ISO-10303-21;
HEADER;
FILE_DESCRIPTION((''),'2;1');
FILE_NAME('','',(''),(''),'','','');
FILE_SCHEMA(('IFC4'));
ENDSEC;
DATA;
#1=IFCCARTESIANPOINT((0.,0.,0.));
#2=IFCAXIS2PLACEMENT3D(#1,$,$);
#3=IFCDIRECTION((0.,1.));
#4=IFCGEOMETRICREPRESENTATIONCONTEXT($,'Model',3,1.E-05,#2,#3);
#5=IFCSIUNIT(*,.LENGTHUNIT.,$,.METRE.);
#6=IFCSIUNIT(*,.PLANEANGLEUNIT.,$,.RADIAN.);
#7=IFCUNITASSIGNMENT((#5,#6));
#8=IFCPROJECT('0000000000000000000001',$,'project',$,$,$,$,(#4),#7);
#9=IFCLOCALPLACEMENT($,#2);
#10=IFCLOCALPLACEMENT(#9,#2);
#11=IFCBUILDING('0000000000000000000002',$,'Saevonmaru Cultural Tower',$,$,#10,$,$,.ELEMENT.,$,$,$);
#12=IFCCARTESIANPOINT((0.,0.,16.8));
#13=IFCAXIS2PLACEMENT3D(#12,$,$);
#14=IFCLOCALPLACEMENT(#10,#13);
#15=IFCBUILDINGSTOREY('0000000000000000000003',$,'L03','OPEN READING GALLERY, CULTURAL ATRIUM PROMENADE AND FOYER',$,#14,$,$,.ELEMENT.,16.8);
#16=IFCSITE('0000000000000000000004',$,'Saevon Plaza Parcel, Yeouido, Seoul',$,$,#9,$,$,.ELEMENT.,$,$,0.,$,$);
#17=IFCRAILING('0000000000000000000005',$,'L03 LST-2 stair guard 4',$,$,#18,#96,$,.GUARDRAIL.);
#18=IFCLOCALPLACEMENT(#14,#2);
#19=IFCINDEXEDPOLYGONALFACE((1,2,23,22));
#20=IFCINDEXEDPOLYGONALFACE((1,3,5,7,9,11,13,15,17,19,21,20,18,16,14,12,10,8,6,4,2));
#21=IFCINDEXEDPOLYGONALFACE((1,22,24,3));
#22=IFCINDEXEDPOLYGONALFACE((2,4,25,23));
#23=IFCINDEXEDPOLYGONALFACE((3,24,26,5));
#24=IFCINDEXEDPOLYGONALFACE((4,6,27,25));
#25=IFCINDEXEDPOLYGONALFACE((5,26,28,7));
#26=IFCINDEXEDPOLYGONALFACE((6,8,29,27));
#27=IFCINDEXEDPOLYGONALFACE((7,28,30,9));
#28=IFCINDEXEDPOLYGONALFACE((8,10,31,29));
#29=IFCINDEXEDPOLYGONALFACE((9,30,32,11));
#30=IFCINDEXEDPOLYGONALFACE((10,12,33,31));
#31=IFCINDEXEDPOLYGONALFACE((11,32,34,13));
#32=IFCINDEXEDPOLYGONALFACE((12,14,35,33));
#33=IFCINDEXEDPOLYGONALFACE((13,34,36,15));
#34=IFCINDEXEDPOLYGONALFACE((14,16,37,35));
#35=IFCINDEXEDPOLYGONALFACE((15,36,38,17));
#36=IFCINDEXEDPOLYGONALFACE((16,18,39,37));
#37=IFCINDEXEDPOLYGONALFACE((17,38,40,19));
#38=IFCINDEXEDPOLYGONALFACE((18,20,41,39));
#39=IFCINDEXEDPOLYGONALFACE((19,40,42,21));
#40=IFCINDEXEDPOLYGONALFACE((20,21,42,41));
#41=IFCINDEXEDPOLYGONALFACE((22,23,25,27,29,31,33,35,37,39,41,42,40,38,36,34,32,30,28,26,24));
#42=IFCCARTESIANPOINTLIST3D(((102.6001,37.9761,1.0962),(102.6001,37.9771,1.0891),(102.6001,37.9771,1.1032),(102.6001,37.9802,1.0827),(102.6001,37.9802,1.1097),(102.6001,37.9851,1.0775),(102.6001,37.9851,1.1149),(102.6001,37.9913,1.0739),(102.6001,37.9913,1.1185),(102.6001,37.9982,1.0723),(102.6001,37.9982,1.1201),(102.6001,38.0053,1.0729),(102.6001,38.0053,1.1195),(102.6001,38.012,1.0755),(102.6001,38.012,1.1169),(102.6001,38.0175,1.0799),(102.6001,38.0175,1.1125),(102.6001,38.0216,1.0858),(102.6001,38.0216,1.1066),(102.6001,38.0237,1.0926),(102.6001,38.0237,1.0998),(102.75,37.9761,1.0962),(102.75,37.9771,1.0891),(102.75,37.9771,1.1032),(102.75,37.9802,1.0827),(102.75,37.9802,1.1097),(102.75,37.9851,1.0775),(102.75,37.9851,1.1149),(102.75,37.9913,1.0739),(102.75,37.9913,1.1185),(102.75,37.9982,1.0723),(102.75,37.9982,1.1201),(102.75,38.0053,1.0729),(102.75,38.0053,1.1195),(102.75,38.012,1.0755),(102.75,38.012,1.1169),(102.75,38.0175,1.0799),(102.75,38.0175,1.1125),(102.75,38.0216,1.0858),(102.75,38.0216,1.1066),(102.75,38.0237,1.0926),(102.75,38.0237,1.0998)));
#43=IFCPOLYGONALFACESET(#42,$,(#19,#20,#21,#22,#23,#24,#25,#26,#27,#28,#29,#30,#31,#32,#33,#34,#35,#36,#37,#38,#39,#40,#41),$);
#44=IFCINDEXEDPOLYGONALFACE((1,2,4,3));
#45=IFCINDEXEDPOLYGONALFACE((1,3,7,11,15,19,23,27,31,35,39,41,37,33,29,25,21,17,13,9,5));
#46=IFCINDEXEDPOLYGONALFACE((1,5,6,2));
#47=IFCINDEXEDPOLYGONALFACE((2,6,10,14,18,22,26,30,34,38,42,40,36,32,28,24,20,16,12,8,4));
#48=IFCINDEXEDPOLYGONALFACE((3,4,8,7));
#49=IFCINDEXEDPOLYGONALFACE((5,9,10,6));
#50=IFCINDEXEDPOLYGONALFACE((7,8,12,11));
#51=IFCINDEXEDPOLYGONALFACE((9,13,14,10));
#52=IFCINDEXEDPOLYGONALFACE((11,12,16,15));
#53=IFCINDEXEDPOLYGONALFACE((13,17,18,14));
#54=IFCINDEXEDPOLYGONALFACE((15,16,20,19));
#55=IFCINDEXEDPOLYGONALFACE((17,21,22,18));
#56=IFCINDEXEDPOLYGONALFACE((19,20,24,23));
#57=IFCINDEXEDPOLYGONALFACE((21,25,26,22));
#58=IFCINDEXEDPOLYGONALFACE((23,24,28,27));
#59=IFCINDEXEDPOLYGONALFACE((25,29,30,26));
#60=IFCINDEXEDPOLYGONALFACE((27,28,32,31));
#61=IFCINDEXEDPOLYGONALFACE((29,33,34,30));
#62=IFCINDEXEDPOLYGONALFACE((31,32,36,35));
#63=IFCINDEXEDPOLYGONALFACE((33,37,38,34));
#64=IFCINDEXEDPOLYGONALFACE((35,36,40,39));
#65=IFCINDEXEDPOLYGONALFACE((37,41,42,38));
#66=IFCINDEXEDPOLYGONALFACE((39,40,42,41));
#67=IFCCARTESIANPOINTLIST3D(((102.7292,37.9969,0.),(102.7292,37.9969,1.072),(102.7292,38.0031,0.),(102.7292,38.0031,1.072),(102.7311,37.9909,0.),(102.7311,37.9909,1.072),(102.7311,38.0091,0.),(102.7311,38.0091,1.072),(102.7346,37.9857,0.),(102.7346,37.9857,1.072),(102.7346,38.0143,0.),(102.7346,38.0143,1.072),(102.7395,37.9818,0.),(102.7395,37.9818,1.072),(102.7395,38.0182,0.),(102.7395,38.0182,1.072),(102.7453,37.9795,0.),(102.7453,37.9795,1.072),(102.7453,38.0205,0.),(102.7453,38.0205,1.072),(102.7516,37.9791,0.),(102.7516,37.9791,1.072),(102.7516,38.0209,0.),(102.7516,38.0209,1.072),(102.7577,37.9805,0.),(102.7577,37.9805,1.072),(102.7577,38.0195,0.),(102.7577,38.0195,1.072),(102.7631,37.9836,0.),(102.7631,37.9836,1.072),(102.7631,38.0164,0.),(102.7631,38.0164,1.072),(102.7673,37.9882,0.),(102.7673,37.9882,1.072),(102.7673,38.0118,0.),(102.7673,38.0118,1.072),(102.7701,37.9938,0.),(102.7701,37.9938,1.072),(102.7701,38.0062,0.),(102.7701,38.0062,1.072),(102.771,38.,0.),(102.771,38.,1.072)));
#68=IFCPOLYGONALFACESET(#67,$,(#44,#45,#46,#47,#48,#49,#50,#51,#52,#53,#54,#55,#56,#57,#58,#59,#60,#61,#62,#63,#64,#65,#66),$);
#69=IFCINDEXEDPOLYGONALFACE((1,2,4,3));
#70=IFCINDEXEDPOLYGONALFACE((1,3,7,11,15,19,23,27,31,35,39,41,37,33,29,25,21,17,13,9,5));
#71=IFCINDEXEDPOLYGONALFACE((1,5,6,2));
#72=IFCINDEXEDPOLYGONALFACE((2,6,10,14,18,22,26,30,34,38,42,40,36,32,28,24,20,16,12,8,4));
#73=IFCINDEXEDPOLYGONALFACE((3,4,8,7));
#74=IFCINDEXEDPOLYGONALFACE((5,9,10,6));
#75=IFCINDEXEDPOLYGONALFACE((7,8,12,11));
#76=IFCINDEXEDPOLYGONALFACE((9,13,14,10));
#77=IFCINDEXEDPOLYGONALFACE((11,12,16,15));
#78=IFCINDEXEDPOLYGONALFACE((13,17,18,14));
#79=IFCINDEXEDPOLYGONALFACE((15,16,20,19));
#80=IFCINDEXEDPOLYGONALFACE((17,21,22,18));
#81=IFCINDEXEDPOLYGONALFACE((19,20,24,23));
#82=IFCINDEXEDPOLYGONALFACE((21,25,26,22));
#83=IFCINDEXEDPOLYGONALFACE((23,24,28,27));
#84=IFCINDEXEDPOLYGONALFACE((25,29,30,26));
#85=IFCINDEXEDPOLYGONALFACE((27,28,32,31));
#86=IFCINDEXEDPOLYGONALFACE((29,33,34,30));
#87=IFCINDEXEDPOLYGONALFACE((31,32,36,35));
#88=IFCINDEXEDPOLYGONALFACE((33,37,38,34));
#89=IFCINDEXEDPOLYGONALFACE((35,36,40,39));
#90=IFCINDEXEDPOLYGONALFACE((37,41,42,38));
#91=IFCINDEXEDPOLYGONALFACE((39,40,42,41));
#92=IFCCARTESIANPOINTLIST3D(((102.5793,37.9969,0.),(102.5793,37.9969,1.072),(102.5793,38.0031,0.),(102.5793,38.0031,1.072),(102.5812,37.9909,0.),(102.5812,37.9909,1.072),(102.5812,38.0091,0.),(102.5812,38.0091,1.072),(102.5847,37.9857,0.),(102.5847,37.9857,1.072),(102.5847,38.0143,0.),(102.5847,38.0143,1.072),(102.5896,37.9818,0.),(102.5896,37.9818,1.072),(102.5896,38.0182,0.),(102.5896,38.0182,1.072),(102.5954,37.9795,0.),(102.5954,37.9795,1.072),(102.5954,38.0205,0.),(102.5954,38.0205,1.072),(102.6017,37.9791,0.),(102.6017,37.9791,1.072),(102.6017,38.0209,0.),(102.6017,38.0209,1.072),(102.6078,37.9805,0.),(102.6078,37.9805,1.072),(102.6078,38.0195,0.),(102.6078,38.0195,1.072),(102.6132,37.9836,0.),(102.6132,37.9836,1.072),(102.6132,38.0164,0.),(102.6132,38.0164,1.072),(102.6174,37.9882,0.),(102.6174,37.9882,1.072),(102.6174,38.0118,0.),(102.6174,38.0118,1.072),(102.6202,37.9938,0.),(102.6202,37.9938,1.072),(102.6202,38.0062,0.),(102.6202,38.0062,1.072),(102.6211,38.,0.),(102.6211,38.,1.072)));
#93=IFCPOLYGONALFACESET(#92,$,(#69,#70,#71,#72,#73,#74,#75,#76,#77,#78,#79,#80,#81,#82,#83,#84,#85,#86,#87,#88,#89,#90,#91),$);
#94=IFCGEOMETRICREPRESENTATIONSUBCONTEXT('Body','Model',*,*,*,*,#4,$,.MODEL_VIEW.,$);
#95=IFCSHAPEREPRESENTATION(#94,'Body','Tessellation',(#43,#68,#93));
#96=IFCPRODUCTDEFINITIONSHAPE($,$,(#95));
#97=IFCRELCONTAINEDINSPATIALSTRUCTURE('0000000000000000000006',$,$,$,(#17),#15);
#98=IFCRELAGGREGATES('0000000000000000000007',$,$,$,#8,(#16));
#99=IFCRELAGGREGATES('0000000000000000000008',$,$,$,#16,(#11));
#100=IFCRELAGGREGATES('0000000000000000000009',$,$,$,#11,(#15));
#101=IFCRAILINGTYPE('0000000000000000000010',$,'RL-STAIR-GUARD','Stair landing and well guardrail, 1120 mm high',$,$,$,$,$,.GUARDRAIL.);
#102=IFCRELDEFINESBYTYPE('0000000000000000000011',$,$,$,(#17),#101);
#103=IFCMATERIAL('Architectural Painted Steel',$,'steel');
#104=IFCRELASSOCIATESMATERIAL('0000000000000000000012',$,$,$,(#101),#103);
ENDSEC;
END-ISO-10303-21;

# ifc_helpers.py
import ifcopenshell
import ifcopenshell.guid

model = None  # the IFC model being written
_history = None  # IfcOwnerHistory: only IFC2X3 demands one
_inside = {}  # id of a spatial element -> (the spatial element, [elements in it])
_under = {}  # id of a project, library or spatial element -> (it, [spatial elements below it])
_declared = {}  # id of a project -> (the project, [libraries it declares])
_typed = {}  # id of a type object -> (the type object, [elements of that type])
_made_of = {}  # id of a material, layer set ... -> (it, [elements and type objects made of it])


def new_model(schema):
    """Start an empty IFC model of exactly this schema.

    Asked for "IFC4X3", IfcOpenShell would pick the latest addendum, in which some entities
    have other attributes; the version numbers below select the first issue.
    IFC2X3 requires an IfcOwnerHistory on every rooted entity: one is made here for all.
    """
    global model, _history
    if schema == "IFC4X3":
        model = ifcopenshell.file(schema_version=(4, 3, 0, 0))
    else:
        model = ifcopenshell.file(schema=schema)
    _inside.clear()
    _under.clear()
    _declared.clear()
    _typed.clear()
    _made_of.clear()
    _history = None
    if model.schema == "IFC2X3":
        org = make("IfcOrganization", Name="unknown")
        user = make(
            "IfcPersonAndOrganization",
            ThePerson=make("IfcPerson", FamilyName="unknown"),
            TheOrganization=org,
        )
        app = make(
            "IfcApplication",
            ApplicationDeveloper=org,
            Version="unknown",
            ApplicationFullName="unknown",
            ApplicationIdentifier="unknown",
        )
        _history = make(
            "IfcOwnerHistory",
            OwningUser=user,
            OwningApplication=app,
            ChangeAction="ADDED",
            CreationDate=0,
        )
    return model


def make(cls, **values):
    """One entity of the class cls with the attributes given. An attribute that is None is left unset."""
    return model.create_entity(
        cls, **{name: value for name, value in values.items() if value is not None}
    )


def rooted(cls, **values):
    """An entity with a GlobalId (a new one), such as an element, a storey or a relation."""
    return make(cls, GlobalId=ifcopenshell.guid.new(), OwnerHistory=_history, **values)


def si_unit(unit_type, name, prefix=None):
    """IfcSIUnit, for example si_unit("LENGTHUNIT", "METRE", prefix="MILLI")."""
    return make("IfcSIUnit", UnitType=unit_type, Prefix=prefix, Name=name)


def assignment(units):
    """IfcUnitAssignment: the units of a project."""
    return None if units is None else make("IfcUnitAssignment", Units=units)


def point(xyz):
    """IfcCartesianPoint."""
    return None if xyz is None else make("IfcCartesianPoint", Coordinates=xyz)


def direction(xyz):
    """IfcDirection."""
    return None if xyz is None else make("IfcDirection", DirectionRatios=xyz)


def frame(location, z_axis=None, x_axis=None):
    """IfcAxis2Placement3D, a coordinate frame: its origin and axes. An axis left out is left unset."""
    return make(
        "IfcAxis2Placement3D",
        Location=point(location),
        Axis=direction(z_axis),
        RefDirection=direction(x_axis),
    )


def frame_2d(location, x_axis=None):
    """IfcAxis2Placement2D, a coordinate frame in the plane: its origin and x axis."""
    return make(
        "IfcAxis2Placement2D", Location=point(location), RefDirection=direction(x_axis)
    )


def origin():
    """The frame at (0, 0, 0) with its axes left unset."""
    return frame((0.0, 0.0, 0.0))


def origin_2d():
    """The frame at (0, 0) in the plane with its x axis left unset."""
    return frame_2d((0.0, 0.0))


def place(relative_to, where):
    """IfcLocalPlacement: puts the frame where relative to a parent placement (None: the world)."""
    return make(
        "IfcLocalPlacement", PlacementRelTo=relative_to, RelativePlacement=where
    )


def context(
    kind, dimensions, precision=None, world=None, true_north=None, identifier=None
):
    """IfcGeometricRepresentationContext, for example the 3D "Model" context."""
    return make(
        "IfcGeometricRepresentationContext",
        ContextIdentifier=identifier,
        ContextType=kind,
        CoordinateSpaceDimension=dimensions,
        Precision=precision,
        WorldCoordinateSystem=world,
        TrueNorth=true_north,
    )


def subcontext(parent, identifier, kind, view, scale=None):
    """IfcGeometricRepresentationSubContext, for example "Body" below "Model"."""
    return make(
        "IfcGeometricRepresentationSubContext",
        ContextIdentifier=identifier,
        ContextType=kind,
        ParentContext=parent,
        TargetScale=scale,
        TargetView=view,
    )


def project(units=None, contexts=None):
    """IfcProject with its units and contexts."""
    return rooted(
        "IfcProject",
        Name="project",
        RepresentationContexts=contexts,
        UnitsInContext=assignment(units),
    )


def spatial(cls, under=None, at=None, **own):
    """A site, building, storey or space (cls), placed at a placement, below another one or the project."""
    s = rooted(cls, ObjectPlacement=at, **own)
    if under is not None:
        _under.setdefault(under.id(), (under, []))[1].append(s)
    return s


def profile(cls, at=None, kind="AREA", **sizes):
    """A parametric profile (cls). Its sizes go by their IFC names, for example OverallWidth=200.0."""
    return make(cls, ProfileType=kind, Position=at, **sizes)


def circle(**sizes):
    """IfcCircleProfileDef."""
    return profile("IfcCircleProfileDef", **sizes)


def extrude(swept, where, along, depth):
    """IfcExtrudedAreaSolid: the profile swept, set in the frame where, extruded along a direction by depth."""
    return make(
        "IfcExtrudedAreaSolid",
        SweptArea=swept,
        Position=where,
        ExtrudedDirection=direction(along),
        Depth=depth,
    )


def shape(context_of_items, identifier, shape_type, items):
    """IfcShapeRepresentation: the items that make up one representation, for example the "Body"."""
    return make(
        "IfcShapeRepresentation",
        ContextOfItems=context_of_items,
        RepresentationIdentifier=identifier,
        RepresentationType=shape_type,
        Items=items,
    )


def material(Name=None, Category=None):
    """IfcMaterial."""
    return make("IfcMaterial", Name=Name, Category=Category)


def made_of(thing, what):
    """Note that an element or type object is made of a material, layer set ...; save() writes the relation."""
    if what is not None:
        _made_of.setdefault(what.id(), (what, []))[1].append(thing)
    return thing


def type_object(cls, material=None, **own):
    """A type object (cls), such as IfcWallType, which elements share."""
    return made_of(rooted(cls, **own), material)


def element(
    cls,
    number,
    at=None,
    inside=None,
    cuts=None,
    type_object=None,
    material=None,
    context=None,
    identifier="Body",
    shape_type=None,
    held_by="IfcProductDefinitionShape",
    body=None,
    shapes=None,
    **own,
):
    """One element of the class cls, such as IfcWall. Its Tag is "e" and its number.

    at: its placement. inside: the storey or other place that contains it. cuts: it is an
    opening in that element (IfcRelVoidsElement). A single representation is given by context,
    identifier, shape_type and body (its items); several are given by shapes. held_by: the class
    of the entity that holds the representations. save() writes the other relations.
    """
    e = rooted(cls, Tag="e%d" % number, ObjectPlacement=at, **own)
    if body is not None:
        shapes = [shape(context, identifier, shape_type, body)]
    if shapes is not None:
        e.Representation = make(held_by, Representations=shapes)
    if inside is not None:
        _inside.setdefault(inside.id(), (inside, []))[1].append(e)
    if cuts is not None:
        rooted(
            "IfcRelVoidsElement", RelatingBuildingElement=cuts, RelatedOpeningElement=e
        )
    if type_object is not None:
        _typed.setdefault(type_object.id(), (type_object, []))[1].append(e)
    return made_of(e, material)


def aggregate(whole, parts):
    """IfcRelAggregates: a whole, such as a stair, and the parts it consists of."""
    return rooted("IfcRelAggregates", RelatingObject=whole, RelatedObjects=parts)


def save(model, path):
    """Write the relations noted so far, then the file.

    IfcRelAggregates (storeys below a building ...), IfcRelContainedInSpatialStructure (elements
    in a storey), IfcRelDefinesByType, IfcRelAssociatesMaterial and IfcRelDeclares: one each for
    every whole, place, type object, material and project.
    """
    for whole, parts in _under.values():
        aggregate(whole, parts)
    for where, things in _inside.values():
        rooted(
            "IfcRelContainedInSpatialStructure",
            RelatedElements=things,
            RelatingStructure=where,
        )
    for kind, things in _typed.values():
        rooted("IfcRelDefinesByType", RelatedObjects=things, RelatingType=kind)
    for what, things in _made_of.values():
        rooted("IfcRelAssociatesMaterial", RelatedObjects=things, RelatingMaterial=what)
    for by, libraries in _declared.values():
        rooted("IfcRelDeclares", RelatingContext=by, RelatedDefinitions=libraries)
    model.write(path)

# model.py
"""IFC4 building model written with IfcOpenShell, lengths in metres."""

from ifc_helpers import new_model, si_unit, direction, frame, origin, origin_2d, place, context, subcontext, project, spatial, circle, extrude, material, type_object, element, save


model = new_model("IFC4")

# Units and contexts
model_context = context("Model", 3, precision=1e-05, world=origin(), true_north=direction((0.0, 1.0)))
body_context = subcontext(model_context, "Body", "Model", "MODEL_VIEW")
ifc_project = project(units=[si_unit("LENGTHUNIT", "METRE"), si_unit("PLANEANGLEUNIT", "RADIAN")], contexts=[model_context])

# Site, building, storey
site_placement = place(None, origin())
site = spatial("IfcSite", under=ifc_project, at=site_placement, Name="Saevon Plaza Parcel, Yeouido, Seoul", CompositionType="ELEMENT", RefElevation=0.0)
building_placement = place(site_placement, origin())
building = spatial("IfcBuilding", under=site, at=building_placement, Name="Saevonmaru Cultural Tower", CompositionType="ELEMENT")
storey_placement = place(building_placement, frame((0.0, 0.0, 16.8)))
storey = spatial("IfcBuildingStorey", under=building, at=storey_placement, Name="L03", Description="OPEN READING GALLERY, CULTURAL ATRIUM PROMENADE AND FOYER", CompositionType="ELEMENT", Elevation=16.8)

# Railing
ifc_material_1 = material(Name="Architectural Painted Steel", Category="steel")
railing_type_1 = type_object("IfcRailingType", Name="RL-STAIR-GUARD", Description="Stair landing and well guardrail, 1120 mm high", PredefinedType="GUARDRAIL", material=ifc_material_1)
railing_1_placement = place(storey_placement, frame((102.75, 38.0, 0.0)))
element("IfcRailing", 1, at=railing_1_placement, inside=storey, type_object=railing_type_1, Name="L03 LST-2 stair guard 4", PredefinedType="GUARDRAIL", context=body_context, shape_type="SweptSolid", body=[
    extrude(circle(Radius=0.0239, at=origin_2d()), frame((0.0, 0.0, 1.0962), z_axis=(-1.0, 0.0, 0.0), x_axis=(0.0, -1.0, 0.0)), (0.0, 0.0, 1.0), 0.1499),
    extrude(circle(Radius=0.021, at=origin_2d()), origin(), (0.0, 0.0, 1.0), 1.072),
    extrude(circle(Radius=0.021, at=origin_2d()), frame((-0.1499, 0.0, 0.0)), (0.0, 0.0, 1.0), 1.072),
])

save(model, "model.ifc")
